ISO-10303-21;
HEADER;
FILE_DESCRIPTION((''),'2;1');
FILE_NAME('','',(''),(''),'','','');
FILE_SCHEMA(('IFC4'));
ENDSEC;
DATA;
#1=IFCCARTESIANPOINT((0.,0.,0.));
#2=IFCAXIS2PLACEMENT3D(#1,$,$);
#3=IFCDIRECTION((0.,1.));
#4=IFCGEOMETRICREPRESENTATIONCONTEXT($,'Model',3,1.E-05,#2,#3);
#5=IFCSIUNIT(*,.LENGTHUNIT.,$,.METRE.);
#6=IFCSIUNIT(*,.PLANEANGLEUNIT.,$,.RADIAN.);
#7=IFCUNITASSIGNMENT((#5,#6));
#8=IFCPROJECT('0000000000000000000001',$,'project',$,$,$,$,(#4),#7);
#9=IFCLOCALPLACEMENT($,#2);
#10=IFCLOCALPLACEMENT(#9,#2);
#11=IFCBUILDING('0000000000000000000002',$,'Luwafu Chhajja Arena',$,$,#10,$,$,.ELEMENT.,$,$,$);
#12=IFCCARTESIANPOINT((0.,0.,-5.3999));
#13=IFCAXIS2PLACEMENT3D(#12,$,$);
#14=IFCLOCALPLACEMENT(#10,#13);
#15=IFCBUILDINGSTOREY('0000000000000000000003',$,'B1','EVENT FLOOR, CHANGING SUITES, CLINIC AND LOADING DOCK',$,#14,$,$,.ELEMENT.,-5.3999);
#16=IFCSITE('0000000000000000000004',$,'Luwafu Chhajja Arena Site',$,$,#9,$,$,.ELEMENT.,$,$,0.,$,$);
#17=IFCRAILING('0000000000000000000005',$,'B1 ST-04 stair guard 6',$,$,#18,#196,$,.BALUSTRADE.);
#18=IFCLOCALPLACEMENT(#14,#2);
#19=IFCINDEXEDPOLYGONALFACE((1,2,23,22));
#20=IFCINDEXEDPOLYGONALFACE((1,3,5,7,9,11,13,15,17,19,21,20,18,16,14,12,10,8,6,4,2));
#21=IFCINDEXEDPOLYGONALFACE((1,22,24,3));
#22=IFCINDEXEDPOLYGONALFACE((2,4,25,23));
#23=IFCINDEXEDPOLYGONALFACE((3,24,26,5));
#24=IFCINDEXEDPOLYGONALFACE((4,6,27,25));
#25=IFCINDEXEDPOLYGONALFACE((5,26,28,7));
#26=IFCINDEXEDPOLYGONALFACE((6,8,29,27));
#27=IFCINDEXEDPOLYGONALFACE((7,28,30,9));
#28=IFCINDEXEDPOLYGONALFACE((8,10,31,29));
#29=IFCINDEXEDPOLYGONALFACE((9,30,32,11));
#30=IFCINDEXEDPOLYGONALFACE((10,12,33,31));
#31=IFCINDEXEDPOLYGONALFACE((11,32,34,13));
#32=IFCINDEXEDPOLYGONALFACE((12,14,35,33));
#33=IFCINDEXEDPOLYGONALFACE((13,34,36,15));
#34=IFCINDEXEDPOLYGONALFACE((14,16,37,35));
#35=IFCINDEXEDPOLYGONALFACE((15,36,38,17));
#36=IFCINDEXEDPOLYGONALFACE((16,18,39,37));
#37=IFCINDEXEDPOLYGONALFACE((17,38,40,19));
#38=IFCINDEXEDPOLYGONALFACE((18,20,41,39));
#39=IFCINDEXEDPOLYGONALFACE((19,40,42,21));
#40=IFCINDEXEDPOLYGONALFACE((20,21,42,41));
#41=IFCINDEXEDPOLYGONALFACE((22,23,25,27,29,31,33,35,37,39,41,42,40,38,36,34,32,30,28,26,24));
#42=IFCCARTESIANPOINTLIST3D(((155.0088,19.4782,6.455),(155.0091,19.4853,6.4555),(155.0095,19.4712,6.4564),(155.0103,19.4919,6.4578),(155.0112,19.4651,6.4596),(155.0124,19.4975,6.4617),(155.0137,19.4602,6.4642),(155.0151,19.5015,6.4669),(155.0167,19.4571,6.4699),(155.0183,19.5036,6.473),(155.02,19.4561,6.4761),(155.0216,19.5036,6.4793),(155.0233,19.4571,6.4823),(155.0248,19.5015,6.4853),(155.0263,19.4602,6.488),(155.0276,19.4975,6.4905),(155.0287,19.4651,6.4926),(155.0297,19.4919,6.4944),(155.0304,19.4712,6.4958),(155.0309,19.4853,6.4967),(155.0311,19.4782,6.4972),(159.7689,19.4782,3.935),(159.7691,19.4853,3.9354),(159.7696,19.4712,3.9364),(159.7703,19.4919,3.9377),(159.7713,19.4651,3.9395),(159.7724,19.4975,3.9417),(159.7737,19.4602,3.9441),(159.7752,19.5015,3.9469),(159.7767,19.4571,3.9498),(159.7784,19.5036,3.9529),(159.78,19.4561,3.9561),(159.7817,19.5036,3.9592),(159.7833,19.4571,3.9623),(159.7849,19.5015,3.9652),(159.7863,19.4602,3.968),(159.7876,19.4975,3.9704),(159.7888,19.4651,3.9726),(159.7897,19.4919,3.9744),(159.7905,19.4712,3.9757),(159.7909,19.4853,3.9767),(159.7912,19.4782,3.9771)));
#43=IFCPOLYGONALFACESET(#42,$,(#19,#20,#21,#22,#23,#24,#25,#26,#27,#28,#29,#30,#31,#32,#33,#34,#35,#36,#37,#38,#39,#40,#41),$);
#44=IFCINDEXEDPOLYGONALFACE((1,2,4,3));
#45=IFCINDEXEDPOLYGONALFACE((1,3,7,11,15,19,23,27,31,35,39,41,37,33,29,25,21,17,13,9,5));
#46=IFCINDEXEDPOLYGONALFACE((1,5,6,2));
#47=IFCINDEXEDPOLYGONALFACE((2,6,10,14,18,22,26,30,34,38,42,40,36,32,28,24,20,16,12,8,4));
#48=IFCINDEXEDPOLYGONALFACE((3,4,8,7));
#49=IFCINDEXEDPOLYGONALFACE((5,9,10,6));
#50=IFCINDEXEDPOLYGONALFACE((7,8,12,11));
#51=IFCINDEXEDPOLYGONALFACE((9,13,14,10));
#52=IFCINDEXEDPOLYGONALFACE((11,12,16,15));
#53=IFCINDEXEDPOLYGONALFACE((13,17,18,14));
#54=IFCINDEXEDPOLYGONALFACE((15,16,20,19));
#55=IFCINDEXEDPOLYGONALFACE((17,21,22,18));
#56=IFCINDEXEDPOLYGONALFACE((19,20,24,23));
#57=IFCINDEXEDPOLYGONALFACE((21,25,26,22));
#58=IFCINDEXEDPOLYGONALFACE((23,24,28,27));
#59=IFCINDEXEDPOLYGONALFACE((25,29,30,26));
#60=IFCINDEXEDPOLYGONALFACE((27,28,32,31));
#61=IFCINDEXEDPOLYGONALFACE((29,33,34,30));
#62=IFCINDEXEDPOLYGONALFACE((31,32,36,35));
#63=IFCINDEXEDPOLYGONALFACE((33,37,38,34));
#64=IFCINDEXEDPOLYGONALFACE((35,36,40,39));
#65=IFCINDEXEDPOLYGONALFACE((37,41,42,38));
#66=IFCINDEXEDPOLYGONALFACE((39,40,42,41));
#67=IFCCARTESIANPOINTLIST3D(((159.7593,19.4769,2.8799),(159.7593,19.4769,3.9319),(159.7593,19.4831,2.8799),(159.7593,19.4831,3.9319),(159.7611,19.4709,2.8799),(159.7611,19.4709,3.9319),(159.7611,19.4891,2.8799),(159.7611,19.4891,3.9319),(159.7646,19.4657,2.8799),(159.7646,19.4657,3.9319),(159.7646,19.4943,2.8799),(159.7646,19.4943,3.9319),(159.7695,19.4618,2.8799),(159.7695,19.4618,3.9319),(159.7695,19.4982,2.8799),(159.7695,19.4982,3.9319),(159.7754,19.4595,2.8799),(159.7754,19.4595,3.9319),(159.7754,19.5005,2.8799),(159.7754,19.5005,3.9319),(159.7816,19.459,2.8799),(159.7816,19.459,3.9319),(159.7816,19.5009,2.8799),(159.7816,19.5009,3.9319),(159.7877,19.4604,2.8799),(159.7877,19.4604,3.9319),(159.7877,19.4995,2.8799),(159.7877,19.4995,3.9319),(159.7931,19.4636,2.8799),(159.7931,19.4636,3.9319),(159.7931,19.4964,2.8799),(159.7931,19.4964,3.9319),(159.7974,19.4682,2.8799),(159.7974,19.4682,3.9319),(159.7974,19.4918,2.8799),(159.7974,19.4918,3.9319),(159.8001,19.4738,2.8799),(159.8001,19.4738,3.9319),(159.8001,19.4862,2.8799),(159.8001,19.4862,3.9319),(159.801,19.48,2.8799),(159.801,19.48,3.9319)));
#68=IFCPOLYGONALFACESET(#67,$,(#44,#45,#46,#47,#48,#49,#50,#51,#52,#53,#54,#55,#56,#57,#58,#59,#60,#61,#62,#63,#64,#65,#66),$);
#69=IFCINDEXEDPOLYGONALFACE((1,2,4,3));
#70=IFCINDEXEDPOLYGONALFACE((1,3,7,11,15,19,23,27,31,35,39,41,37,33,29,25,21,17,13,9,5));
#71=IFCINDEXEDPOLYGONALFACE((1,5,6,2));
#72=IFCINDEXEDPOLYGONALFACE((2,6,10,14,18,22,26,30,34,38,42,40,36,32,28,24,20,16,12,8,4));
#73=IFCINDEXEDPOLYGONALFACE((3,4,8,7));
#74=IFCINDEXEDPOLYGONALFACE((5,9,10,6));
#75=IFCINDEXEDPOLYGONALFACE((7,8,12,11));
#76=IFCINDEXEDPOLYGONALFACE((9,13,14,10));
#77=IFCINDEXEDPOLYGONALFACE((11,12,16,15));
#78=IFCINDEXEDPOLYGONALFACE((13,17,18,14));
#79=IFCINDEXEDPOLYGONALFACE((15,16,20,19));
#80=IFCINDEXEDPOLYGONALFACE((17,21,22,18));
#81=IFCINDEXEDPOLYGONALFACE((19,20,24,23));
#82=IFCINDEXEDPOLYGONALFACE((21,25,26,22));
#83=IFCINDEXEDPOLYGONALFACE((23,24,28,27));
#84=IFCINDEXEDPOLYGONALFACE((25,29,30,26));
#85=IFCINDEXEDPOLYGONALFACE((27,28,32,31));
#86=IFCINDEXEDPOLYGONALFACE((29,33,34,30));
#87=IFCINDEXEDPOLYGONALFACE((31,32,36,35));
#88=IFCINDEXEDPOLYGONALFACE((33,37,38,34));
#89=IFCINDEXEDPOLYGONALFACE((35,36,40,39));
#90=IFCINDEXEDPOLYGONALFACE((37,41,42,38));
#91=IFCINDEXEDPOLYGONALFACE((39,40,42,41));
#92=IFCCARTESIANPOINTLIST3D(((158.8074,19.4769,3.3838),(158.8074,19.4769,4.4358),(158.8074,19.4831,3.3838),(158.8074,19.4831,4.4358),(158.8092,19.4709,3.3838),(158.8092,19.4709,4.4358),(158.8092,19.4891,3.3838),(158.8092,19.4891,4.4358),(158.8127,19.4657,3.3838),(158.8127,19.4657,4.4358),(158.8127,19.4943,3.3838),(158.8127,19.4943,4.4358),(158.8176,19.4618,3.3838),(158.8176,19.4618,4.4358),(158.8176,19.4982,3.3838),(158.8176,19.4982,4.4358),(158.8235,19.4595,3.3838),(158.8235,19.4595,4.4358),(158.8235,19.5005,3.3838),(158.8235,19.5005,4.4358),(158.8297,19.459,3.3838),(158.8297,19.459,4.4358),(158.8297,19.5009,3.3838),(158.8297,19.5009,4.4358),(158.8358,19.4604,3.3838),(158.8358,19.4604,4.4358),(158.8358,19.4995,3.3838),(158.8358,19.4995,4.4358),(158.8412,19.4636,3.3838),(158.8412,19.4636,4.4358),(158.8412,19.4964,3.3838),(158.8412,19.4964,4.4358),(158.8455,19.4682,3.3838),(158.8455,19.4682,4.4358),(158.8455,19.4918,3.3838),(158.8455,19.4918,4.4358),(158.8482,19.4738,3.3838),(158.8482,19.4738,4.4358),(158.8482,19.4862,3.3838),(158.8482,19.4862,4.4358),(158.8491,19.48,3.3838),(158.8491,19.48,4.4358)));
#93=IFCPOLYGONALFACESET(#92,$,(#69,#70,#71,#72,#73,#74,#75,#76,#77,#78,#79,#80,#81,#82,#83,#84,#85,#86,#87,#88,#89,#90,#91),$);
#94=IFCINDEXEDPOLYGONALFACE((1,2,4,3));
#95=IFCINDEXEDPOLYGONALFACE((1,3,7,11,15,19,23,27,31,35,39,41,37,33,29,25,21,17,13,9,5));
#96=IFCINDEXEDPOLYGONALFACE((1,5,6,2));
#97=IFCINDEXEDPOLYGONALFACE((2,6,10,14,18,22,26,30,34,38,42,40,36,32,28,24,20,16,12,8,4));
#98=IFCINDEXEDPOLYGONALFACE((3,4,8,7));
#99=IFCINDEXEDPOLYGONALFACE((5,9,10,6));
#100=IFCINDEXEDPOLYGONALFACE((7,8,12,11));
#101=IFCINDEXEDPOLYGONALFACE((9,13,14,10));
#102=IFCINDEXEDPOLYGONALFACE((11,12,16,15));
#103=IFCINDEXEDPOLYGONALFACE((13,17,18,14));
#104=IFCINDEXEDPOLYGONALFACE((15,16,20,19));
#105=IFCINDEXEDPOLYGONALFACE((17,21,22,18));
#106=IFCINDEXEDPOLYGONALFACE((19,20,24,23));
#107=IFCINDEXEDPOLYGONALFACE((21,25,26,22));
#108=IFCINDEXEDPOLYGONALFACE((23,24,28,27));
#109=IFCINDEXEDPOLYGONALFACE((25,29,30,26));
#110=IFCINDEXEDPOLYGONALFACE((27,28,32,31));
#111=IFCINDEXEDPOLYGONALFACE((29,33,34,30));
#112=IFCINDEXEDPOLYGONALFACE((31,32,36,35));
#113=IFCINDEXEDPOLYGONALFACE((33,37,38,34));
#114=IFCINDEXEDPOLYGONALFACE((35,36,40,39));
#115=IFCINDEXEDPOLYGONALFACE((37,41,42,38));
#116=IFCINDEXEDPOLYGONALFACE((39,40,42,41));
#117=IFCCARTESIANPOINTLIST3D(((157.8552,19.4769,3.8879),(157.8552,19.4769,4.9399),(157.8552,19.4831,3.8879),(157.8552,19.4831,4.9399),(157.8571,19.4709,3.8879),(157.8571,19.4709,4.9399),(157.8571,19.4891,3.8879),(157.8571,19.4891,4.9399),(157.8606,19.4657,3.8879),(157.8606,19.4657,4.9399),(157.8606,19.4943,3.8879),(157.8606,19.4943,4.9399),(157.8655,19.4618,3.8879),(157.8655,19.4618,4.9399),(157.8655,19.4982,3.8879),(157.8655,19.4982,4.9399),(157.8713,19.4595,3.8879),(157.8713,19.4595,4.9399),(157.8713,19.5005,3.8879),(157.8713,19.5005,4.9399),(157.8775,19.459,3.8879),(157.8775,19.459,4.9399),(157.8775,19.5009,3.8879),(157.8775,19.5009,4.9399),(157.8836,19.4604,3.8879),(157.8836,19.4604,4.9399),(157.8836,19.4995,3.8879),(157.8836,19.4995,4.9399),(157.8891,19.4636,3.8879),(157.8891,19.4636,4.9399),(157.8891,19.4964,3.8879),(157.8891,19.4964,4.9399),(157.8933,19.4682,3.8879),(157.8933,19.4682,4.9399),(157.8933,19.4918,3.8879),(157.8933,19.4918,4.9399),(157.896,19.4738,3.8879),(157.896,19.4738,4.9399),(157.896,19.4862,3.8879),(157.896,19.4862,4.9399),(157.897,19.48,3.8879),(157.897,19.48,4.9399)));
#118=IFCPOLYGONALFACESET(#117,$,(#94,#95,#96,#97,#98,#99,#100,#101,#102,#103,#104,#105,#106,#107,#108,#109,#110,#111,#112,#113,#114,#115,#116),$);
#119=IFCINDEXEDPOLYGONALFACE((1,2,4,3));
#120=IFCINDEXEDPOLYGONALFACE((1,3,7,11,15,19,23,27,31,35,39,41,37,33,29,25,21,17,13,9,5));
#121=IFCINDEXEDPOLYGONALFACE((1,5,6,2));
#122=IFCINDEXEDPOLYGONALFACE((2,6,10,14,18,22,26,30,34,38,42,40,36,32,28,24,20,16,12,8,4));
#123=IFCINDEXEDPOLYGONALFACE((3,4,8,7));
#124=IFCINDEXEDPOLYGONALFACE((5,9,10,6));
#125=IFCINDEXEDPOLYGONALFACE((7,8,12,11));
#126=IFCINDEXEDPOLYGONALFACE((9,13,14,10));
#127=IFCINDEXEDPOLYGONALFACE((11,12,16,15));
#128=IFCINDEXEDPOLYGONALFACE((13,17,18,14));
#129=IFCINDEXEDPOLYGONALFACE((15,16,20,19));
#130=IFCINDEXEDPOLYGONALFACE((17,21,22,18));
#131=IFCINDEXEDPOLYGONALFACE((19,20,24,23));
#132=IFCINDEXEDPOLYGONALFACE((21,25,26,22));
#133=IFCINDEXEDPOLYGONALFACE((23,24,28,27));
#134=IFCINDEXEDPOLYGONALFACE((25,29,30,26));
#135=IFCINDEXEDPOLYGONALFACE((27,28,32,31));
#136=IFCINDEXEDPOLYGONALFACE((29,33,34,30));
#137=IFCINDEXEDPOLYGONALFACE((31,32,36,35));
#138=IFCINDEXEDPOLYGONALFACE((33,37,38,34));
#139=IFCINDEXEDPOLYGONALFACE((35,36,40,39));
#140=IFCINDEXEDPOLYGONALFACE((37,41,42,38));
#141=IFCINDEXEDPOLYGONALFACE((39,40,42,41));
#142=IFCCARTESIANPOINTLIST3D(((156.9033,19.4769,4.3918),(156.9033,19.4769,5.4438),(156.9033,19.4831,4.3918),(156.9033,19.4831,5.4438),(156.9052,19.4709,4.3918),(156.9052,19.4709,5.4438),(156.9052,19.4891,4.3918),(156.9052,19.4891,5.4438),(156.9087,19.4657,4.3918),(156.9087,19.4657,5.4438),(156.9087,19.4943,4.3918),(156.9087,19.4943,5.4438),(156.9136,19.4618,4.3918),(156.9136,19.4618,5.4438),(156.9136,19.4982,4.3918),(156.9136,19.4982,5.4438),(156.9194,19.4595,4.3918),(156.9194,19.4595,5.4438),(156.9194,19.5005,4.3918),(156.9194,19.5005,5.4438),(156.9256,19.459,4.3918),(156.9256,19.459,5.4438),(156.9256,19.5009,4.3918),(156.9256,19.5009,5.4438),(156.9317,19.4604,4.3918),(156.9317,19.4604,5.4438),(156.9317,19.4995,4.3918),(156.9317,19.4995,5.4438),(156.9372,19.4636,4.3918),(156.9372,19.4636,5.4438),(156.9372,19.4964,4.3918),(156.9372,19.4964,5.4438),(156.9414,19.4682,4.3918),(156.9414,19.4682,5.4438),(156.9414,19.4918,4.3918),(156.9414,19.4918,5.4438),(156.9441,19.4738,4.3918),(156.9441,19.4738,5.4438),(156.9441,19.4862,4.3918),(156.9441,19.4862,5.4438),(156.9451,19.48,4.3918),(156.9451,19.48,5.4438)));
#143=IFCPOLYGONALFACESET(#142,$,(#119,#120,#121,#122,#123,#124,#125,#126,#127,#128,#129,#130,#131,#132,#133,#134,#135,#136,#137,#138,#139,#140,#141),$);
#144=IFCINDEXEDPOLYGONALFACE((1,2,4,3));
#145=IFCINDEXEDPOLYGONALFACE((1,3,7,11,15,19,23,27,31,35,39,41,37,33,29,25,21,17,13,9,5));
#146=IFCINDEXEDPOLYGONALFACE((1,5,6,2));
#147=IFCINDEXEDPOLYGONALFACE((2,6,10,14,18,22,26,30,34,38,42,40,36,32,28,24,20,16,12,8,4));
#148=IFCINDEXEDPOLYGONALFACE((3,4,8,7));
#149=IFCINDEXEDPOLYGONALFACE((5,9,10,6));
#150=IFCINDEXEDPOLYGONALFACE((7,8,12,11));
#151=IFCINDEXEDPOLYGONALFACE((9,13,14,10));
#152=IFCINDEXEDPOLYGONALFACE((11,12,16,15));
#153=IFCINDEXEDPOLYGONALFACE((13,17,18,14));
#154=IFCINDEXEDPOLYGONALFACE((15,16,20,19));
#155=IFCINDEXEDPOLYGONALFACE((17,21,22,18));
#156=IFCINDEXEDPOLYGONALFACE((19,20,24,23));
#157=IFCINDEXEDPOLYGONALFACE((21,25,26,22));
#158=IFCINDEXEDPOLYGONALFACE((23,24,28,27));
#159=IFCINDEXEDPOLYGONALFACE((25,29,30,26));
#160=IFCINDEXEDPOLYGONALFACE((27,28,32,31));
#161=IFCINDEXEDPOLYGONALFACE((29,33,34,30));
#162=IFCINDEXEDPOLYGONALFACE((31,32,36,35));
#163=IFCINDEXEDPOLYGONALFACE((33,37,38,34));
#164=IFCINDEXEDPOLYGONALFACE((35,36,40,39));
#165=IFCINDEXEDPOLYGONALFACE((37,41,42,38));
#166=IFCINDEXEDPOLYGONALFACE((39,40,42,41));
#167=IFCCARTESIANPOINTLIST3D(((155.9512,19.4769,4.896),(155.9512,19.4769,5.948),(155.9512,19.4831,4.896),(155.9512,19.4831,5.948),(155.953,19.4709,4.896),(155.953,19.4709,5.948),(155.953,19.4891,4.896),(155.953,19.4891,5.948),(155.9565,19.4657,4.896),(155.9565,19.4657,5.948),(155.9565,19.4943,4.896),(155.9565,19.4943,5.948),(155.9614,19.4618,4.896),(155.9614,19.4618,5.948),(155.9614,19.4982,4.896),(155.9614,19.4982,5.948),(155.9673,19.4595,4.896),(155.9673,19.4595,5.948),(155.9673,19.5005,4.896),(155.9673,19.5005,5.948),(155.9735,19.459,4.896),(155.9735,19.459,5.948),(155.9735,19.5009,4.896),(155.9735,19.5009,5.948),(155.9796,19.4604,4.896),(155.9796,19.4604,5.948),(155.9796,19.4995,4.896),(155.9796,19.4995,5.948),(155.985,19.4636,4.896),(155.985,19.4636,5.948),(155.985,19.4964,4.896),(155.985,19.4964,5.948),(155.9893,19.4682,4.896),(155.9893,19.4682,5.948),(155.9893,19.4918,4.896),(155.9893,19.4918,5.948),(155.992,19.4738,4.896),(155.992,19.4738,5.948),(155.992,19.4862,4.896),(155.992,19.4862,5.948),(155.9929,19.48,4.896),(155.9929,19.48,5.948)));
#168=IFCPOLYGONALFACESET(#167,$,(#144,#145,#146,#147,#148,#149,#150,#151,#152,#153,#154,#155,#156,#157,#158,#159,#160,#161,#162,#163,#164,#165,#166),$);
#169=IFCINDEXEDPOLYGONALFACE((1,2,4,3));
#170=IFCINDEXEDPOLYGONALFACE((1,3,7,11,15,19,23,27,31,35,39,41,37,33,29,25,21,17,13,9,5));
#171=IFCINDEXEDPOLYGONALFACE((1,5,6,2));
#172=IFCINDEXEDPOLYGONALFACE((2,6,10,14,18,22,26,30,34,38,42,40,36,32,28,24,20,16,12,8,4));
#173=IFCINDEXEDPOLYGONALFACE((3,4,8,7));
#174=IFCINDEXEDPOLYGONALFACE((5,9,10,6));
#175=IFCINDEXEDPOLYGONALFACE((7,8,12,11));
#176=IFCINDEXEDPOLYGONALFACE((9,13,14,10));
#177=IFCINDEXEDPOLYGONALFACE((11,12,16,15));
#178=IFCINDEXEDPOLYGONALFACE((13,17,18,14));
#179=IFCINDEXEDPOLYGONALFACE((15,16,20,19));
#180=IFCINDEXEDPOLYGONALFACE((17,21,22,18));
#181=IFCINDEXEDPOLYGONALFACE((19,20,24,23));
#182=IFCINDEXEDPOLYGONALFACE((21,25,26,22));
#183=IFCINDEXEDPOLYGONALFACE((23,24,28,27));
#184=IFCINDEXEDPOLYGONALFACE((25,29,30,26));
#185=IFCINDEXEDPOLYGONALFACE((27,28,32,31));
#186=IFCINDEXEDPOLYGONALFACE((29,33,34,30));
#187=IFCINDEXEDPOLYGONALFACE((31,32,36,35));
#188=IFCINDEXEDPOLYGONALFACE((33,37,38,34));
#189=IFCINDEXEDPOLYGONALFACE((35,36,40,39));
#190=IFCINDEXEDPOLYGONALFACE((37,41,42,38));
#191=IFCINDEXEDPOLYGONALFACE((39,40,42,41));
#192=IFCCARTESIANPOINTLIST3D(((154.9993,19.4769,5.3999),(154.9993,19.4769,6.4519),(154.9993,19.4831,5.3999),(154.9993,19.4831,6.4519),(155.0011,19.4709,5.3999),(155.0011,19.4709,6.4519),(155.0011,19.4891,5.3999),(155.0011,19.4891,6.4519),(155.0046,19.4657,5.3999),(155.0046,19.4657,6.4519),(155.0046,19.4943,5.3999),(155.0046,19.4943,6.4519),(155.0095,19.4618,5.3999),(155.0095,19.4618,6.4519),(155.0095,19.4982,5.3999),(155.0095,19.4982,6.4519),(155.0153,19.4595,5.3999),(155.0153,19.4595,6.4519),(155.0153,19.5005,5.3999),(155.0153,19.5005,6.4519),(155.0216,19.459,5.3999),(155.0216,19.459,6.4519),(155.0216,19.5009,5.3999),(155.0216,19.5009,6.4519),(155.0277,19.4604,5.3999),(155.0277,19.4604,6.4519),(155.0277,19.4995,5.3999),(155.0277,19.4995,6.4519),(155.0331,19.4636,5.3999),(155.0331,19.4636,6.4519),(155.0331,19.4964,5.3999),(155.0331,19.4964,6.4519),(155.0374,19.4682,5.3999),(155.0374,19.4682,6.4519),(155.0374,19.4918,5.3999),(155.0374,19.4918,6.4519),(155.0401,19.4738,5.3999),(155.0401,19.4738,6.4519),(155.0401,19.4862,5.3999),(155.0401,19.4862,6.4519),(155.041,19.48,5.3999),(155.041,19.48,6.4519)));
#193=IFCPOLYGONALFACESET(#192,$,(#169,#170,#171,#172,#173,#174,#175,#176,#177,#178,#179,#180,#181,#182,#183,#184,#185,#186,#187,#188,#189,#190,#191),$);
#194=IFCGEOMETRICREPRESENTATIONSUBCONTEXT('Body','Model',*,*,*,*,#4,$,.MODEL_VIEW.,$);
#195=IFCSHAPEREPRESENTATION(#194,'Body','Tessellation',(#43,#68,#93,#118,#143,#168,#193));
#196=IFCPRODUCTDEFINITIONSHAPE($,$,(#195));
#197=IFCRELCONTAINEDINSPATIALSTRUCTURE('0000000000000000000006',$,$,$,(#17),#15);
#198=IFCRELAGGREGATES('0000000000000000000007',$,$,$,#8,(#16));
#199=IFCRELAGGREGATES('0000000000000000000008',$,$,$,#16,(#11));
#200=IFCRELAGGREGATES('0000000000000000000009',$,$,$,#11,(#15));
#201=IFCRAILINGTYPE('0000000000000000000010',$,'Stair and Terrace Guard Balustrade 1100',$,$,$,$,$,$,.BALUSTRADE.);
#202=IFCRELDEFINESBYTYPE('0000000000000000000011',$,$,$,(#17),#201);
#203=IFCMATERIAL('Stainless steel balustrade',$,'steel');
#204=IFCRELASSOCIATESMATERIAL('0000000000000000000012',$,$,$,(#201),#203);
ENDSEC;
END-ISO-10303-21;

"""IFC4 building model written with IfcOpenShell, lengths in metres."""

from ifc_helpers import new_model, si_unit, direction, frame, origin, origin_2d, place, context, subcontext, project, spatial, circle, extrude, material, type_object, element, save


model = new_model("IFC4")

# Units and contexts
model_context = context("Model", 3, precision=1e-05, world=origin(), true_north=direction((0.0, 1.0)))
body_context = subcontext(model_context, "Body", "Model", "MODEL_VIEW")
ifc_project = project(units=[si_unit("LENGTHUNIT", "METRE"), si_unit("PLANEANGLEUNIT", "RADIAN")], contexts=[model_context])

# Site, building, storey
site_placement = place(None, origin())
site = spatial("IfcSite", under=ifc_project, at=site_placement, Name="Luwafu Chhajja Arena Site", CompositionType="ELEMENT", RefElevation=0.0)
building_placement = place(site_placement, origin())
building = spatial("IfcBuilding", under=site, at=building_placement, Name="Luwafu Chhajja Arena", CompositionType="ELEMENT")
storey_placement = place(building_placement, frame((0.0, 0.0, -5.3999)))
storey = spatial("IfcBuildingStorey", under=building, at=storey_placement, Name="B1", Description="EVENT FLOOR, CHANGING SUITES, CLINIC AND LOADING DOCK", CompositionType="ELEMENT", Elevation=-5.3999)

# Railing
ifc_material_1 = material(Name="Stainless steel balustrade", Category="steel")
railing_type_1 = type_object("IfcRailingType", Name="Stair and Terrace Guard Balustrade 1100", PredefinedType="BALUSTRADE", material=ifc_material_1)
railing_1_placement = place(storey_placement, frame((159.78, 19.48, 2.8799)))
element("IfcRailing", 1, at=railing_1_placement, inside=storey, type_object=railing_type_1, Name="B1 ST-04 stair guard 6", PredefinedType="BALUSTRADE", context=body_context, shape_type="SweptSolid", body=[
    extrude(circle(Radius=0.0239, at=origin_2d()), frame((0.0, 0.0, 1.0762), z_axis=(-0.883787, 0.0, 0.46789), x_axis=(0.0, -1.0, 0.0)), (0.0, 0.0, 1.0), 5.386),
    extrude(circle(Radius=0.021, at=origin_2d()), origin(), (0.0, 0.0, 1.0), 1.052),
    extrude(circle(Radius=0.021, at=origin_2d()), frame((-0.9519, 0.0, 0.5039)), (0.0, 0.0, 1.0), 1.052),
    extrude(circle(Radius=0.021, at=origin_2d()), frame((-1.9041, 0.0, 1.0081)), (0.0, 0.0, 1.0), 1.052),
    extrude(circle(Radius=0.021, at=origin_2d()), frame((-2.856, 0.0, 1.512)), (0.0, 0.0, 1.0), 1.052),
    extrude(circle(Radius=0.021, at=origin_2d()), frame((-3.8081, 0.0, 2.0161)), (0.0, 0.0, 1.0), 1.052),
    extrude(circle(Radius=0.021, at=origin_2d()), frame((-4.76, 0.0, 2.52)), (0.0, 0.0, 1.0), 1.052),
])

save(model, "model.ifc")
